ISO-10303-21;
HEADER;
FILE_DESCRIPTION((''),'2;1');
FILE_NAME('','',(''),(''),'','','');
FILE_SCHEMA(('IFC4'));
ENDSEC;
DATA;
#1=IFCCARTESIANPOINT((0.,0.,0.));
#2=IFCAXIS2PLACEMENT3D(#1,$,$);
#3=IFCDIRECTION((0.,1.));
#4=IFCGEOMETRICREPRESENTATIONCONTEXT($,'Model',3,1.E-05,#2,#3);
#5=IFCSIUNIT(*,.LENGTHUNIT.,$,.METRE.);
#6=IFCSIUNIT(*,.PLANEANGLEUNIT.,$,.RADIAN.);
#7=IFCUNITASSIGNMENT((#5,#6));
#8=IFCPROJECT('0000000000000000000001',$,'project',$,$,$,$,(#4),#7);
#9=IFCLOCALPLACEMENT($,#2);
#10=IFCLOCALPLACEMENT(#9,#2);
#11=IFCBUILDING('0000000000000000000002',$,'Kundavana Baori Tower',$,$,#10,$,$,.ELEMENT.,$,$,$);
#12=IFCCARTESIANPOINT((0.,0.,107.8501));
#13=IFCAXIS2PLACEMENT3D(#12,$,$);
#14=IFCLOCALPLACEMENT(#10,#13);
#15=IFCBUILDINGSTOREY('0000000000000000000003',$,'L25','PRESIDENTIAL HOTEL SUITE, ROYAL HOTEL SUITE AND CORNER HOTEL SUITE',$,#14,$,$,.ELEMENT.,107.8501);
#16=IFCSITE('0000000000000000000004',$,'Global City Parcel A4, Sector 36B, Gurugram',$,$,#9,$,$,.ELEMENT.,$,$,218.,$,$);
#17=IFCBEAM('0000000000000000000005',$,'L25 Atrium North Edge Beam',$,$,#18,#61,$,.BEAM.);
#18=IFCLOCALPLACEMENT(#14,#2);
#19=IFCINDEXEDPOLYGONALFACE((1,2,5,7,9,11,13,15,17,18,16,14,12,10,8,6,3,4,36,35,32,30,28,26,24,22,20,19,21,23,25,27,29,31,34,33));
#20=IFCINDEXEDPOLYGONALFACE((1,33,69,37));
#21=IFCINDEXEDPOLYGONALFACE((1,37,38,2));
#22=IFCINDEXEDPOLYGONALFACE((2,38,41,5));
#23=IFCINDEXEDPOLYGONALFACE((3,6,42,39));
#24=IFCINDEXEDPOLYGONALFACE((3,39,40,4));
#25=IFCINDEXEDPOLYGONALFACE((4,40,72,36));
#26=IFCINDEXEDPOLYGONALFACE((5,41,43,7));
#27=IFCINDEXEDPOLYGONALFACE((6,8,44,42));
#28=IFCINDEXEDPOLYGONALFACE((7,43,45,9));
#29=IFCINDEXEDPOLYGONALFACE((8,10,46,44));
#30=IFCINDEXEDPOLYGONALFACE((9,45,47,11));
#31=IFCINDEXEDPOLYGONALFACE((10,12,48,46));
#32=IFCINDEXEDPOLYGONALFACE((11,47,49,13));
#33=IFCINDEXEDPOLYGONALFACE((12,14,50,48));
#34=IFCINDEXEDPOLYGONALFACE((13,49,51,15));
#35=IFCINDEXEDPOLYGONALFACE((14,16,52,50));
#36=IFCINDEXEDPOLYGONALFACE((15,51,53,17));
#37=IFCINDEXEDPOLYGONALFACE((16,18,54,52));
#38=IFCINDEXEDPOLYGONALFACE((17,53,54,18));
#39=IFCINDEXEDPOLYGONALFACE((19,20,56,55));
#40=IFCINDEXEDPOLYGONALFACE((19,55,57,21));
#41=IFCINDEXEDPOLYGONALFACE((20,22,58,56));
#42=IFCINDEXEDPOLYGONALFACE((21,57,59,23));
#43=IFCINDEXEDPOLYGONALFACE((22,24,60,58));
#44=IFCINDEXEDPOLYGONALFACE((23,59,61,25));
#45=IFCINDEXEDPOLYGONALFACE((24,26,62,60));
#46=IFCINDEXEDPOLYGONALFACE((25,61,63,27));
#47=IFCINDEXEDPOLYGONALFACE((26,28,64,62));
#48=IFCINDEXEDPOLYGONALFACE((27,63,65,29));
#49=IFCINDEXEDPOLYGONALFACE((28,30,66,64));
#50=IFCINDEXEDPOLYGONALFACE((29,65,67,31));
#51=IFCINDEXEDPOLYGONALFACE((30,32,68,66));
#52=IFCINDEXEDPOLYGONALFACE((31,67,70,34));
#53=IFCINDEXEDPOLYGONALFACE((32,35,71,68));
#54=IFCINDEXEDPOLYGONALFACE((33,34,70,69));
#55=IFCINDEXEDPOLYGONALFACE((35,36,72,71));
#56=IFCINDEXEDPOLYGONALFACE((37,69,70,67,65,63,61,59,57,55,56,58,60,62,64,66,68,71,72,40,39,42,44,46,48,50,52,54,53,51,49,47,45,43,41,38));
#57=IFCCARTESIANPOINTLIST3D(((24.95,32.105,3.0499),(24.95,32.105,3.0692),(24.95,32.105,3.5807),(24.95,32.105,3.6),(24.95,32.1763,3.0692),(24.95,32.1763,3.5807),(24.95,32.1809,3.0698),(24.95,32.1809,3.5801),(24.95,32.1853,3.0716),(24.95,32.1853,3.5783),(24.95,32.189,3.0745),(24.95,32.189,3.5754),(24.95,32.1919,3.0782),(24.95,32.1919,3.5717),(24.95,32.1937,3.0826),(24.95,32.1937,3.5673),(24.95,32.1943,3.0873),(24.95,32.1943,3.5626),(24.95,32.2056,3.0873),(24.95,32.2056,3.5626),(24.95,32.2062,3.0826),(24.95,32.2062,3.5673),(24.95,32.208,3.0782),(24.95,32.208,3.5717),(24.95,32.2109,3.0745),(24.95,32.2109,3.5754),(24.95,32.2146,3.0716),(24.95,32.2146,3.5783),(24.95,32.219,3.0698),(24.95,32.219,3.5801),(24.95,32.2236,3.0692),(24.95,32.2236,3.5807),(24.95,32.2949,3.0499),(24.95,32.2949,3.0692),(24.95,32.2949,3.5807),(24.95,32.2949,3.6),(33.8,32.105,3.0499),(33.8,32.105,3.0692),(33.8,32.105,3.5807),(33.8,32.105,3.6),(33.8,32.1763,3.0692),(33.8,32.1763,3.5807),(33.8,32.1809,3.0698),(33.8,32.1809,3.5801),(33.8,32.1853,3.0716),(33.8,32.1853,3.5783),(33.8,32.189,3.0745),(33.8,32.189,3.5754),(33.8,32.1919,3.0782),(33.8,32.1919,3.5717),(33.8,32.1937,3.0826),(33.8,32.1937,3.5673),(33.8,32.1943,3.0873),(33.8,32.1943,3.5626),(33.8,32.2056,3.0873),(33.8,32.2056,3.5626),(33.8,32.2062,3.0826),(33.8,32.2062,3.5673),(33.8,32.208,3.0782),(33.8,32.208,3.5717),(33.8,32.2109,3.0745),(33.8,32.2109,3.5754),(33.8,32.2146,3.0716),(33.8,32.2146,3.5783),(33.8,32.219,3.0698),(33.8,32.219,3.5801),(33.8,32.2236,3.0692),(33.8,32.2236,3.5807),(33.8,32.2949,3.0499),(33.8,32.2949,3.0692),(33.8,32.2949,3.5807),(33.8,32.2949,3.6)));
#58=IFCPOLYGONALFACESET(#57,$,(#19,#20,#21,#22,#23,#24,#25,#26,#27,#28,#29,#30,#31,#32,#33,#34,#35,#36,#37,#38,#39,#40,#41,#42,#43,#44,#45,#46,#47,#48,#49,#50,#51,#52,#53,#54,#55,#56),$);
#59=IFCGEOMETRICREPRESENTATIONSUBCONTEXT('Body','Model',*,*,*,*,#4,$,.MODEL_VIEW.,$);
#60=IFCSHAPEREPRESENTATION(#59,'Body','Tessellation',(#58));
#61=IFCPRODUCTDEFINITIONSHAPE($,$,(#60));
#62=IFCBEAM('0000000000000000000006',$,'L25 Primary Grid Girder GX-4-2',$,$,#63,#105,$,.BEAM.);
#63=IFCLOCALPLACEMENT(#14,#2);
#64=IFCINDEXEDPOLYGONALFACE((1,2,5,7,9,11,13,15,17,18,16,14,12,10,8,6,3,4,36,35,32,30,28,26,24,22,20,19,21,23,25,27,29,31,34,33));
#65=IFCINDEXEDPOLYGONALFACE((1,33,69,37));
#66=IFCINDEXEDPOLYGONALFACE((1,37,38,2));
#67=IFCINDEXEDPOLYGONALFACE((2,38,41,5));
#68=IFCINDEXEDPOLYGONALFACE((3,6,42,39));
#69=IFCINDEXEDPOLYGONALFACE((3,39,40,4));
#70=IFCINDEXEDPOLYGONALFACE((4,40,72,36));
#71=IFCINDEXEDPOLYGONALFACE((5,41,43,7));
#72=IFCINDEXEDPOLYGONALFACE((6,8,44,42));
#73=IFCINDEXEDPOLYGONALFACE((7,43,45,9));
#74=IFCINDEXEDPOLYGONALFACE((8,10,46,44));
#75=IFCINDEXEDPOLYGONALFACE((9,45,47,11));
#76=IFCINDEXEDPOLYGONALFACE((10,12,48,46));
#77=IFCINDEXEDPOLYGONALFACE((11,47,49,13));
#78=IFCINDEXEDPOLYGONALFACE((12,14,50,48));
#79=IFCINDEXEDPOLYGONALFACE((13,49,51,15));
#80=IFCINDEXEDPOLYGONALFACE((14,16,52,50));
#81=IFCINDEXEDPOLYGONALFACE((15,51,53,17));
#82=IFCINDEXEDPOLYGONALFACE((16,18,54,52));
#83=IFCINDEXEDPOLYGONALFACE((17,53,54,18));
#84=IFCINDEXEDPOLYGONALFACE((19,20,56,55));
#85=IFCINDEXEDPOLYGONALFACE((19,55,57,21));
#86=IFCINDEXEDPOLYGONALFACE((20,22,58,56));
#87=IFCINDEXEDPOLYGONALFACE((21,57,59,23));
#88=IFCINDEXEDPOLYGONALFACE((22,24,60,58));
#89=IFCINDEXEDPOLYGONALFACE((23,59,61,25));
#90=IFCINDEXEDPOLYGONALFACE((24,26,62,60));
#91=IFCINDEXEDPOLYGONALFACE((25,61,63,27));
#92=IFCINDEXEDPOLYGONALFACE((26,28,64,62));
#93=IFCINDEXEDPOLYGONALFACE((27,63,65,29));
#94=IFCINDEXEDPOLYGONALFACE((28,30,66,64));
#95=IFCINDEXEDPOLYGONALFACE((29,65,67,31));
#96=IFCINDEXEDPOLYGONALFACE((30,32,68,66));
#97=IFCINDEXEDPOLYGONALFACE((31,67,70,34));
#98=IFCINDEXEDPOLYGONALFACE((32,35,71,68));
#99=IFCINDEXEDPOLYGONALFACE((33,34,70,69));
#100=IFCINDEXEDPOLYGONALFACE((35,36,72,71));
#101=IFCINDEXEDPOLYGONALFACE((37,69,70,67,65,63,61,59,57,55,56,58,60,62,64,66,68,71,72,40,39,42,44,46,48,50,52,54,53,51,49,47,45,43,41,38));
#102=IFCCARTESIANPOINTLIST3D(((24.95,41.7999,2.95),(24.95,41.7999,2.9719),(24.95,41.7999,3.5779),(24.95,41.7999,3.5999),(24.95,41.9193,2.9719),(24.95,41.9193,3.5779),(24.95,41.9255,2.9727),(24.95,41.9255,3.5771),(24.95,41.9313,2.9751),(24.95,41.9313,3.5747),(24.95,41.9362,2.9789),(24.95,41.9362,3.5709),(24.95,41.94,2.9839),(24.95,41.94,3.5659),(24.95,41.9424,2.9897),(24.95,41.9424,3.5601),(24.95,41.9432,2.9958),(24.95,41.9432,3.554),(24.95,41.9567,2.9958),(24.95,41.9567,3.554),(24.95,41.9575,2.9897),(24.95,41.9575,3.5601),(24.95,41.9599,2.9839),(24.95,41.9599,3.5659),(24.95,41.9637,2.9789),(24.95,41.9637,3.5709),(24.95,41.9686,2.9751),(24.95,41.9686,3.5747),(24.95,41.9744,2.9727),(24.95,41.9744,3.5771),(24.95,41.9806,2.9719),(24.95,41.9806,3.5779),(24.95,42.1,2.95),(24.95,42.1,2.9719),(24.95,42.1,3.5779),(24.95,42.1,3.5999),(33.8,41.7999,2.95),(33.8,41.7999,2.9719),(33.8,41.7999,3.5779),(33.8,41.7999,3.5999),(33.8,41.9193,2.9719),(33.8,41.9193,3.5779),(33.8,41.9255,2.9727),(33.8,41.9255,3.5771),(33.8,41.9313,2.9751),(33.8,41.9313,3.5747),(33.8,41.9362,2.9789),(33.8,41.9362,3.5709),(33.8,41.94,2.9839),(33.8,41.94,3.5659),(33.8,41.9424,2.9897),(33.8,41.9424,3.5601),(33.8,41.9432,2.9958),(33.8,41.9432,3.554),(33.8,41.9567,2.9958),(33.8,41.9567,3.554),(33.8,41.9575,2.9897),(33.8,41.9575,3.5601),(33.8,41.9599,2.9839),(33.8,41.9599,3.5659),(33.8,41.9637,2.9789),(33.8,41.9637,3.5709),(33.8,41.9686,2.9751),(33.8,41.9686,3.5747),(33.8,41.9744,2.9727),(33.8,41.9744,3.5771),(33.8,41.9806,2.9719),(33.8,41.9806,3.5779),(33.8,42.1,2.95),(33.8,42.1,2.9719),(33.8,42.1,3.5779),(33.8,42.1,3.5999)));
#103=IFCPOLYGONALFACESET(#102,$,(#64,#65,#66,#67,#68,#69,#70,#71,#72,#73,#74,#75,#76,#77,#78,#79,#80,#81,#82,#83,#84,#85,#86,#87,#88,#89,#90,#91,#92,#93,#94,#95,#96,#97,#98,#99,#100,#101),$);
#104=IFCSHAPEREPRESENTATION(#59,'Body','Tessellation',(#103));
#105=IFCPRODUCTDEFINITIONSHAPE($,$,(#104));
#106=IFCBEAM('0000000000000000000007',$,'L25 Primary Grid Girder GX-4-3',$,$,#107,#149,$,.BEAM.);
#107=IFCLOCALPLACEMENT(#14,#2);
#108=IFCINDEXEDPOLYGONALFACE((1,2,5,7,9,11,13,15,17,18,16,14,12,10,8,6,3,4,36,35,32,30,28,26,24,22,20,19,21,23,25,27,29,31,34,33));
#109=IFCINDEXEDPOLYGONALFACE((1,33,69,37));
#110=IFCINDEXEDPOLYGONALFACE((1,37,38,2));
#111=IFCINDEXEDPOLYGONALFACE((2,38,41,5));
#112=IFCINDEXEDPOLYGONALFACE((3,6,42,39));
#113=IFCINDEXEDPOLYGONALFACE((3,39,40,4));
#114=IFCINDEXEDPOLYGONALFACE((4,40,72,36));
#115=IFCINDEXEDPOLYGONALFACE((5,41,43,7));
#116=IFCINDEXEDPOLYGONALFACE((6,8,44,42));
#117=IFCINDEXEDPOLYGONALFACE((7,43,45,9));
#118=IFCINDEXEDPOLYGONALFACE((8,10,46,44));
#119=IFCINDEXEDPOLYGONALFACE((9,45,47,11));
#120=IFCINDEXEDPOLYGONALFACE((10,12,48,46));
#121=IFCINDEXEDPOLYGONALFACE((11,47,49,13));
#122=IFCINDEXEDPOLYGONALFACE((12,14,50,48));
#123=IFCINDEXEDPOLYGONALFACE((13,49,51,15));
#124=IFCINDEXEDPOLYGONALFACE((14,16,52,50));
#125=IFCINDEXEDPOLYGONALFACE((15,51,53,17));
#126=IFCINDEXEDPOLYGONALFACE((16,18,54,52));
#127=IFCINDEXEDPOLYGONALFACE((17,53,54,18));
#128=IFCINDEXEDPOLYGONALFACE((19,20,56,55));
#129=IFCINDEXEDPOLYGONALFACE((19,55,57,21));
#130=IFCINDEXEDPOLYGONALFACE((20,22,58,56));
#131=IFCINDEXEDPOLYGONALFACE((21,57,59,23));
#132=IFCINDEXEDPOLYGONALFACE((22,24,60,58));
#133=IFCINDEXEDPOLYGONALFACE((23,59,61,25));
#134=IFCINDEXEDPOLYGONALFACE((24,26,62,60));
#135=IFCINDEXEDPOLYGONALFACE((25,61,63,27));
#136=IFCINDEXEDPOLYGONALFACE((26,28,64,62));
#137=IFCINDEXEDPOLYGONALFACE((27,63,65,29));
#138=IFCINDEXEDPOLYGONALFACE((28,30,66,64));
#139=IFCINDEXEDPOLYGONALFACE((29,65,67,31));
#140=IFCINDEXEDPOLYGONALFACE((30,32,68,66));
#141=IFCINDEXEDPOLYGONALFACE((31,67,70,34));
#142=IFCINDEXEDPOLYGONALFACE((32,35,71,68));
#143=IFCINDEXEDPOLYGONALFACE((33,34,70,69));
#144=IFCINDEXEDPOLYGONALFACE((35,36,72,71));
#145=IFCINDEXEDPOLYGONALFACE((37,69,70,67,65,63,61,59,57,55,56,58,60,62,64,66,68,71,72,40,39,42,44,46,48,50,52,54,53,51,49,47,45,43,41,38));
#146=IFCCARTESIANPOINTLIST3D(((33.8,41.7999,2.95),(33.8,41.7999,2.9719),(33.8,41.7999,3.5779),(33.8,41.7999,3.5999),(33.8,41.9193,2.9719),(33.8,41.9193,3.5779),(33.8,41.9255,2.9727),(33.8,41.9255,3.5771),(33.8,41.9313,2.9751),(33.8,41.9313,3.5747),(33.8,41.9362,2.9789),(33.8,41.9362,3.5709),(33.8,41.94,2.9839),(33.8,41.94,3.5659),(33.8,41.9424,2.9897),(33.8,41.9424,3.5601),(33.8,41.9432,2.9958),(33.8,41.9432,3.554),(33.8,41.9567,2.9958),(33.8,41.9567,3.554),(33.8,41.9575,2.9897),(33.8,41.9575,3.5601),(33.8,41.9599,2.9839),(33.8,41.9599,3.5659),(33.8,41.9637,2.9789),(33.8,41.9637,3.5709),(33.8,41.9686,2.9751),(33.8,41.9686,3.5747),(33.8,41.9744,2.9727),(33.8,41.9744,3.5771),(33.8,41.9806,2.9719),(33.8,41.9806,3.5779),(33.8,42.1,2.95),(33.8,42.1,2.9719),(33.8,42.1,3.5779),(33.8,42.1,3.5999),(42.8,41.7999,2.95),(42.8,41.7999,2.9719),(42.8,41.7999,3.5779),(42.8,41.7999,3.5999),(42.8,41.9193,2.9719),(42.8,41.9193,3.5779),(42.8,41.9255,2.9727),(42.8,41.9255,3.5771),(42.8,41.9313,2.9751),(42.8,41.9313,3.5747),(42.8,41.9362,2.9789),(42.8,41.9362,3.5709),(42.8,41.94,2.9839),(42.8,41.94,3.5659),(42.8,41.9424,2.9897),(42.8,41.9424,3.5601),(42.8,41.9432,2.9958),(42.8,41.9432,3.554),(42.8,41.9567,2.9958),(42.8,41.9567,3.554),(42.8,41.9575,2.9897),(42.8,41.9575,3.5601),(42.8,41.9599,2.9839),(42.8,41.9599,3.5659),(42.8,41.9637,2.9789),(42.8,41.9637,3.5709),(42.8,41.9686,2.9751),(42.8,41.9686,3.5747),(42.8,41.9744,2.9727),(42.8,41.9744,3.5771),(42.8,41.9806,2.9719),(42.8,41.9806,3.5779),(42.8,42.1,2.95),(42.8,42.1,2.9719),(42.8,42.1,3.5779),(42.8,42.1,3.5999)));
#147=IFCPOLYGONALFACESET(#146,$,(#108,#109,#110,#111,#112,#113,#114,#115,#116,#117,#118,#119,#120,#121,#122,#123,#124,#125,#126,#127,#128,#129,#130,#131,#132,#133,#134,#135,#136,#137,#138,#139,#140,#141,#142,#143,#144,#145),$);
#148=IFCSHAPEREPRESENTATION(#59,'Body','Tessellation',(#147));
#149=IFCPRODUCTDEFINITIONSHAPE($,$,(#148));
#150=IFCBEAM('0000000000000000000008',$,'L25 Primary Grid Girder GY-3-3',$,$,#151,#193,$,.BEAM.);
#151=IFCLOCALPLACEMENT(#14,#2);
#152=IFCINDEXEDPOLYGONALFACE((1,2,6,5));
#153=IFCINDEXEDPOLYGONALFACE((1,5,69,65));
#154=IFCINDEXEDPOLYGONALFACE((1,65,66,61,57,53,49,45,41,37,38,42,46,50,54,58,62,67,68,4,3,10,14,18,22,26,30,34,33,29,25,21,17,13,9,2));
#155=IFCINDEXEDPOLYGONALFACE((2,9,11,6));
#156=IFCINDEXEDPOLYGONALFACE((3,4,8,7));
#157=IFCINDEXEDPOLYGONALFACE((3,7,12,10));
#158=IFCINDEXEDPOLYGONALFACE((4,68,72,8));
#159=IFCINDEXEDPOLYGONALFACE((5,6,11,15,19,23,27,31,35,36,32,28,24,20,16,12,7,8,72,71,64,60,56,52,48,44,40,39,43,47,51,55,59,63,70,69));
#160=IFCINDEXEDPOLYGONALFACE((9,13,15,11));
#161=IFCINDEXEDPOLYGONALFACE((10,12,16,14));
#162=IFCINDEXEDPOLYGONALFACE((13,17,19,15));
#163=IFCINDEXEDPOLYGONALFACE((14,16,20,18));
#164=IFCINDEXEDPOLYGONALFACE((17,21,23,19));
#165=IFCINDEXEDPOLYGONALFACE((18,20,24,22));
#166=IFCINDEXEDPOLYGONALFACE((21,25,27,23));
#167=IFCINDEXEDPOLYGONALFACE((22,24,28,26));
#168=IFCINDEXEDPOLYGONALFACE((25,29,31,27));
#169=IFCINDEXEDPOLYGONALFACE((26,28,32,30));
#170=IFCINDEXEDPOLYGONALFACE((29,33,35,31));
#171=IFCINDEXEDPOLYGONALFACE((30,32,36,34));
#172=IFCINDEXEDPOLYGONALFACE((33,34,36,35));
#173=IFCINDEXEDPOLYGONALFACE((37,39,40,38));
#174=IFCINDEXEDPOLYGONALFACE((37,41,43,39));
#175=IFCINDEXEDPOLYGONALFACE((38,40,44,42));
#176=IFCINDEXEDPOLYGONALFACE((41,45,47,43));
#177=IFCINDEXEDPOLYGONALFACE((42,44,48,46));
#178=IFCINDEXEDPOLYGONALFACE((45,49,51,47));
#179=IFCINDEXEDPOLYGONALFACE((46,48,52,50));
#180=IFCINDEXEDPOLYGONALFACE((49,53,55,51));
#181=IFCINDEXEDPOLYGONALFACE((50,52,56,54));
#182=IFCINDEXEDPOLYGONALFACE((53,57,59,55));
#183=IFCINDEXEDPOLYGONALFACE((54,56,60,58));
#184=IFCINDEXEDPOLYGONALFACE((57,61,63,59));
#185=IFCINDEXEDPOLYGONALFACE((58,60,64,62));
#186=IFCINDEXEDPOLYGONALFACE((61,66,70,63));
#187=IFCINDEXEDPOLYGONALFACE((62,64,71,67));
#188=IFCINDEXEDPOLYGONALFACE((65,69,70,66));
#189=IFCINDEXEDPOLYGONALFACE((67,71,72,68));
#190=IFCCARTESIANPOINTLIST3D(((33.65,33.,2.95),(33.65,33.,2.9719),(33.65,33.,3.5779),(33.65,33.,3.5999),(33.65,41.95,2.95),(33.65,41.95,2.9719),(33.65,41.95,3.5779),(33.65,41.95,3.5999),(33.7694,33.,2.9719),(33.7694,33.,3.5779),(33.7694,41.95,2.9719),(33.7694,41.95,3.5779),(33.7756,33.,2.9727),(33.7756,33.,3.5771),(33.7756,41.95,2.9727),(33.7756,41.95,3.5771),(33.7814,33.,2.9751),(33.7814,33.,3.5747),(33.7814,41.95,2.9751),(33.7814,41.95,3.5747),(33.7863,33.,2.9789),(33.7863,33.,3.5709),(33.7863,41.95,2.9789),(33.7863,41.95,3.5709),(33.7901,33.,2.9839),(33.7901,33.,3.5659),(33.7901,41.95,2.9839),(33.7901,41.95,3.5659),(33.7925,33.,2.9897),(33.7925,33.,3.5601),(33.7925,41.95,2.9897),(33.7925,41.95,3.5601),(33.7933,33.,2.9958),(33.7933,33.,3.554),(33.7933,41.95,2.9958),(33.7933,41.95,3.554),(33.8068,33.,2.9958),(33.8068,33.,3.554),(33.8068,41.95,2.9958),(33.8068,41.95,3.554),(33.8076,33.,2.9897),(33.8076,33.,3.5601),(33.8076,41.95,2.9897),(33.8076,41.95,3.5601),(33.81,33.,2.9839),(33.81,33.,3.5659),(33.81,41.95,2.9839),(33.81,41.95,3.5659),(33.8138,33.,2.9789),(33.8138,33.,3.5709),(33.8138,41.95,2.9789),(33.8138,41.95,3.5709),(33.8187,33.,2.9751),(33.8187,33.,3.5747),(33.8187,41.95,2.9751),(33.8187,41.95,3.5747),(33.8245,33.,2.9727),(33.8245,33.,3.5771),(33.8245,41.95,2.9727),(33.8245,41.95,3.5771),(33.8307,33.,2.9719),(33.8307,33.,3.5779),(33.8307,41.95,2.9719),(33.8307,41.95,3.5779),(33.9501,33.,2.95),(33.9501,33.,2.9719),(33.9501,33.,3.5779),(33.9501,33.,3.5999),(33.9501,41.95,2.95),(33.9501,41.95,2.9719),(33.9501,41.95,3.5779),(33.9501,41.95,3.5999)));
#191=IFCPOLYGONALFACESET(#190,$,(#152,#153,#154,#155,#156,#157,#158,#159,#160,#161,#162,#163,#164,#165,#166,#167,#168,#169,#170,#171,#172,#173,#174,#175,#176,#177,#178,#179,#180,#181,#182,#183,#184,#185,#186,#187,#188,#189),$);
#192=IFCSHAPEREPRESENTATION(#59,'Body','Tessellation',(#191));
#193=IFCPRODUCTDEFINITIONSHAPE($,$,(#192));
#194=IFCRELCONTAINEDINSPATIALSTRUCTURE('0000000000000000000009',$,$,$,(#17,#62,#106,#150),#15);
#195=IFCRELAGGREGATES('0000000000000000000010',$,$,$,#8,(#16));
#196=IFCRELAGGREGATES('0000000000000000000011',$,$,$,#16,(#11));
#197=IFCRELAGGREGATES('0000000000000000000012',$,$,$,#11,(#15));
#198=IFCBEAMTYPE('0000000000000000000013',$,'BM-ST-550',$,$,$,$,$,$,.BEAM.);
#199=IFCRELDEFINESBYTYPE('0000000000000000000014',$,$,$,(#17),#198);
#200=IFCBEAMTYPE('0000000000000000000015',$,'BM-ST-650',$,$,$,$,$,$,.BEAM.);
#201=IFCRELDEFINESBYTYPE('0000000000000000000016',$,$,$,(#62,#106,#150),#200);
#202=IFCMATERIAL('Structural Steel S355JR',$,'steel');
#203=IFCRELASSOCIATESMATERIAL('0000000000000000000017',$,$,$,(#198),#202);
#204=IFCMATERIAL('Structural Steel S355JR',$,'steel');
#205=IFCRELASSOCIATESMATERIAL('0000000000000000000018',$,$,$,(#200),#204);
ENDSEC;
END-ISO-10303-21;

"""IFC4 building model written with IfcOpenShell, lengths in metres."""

from ifc_helpers import new_model, si_unit, direction, frame, origin, origin_2d, place, context, subcontext, project, spatial, i_section, extrude, material, material_profile, profile_set, type_object, element, save


model = new_model("IFC4")

# Units and contexts
model_context = context("Model", 3, precision=1e-05, world=origin(), true_north=direction((0.0, 1.0)))
body_context = subcontext(model_context, "Body", "Model", "MODEL_VIEW")
ifc_project = project(units=[si_unit("LENGTHUNIT", "METRE"), si_unit("PLANEANGLEUNIT", "RADIAN")], contexts=[model_context])

# Site, building, storey
site_placement = place(None, origin())
site = spatial("IfcSite", under=ifc_project, at=site_placement, Name="Global City Parcel A4, Sector 36B, Gurugram", CompositionType="ELEMENT", RefElevation=218.0)
building_placement = place(site_placement, origin())
building = spatial("IfcBuilding", under=site, at=building_placement, Name="Kundavana Baori Tower", CompositionType="ELEMENT")
storey_placement = place(building_placement, frame((0.0, 0.0, 107.8501)))
storey = spatial("IfcBuildingStorey", under=building, at=storey_placement, Name="L25", Description="PRESIDENTIAL HOTEL SUITE, ROYAL HOTEL SUITE AND CORNER HOTEL SUITE", CompositionType="ELEMENT", Elevation=107.8501)

# Beams
ifc_material_1 = material(Name="Structural Steel S355JR", Category="steel")
ifc_material_profile_1 = material_profile(ifc_material_1, i_section(OverallWidth=0.1899, OverallDepth=0.55, WebThickness=0.0112, FlangeThickness=0.0193, FilletRadius=0.0181, at=origin_2d()), Name="ISMB 550")
ifc_profile_set_1 = profile_set([ifc_material_profile_1], Name="Structural Steel S355JR")
beam_type_1 = type_object("IfcBeamType", Name="BM-ST-550", PredefinedType="BEAM", material=ifc_profile_set_1)
beam_1_placement = place(storey_placement, frame((24.95, 32.2, 3.325), z_axis=(1.0, 0.0, 0.0), x_axis=(0.0, 1.0, 0.0)))
element("IfcBeam", 1, at=beam_1_placement, inside=storey, type_object=beam_type_1, Name="L25 Atrium North Edge Beam", PredefinedType="BEAM", context=body_context, shape_type="SweptSolid", body=[
    extrude(i_section(OverallWidth=0.1899, OverallDepth=0.55, WebThickness=0.0112, FlangeThickness=0.0193, FilletRadius=0.0181, at=origin_2d()), origin(), (0.0, 0.0, 1.0), 8.8501),
])
ifc_material_2 = material(Name="Structural Steel S355JR", Category="steel")
ifc_material_profile_2 = material_profile(ifc_material_2, i_section(OverallWidth=0.3, OverallDepth=0.6499, WebThickness=0.0134, FlangeThickness=0.022, FilletRadius=0.0239, at=origin_2d()), Name="NPB 650x300x155")
ifc_profile_set_2 = profile_set([ifc_material_profile_2], Name="Structural Steel S355JR")
beam_type_2 = type_object("IfcBeamType", Name="BM-ST-650", PredefinedType="BEAM", material=ifc_profile_set_2)
beam_2_placement = place(storey_placement, frame((24.95, 41.95, 3.2749), z_axis=(1.0, 0.0, 0.0), x_axis=(0.0, 1.0, 0.0)))
element("IfcBeam", 2, at=beam_2_placement, inside=storey, type_object=beam_type_2, Name="L25 Primary Grid Girder GX-4-2", PredefinedType="BEAM", context=body_context, shape_type="SweptSolid", body=[
    extrude(i_section(OverallWidth=0.3, OverallDepth=0.6499, WebThickness=0.0134, FlangeThickness=0.022, FilletRadius=0.0239, at=origin_2d()), origin(), (0.0, 0.0, 1.0), 8.8501),
])
beam_3_placement = place(storey_placement, frame((33.8, 41.95, 3.2749), z_axis=(1.0, 0.0, 0.0), x_axis=(0.0, 1.0, 0.0)))
element("IfcBeam", 3, at=beam_3_placement, inside=storey, type_object=beam_type_2, Name="L25 Primary Grid Girder GX-4-3", PredefinedType="BEAM", context=body_context, shape_type="SweptSolid", body=[
    extrude(i_section(OverallWidth=0.3, OverallDepth=0.6499, WebThickness=0.0134, FlangeThickness=0.022, FilletRadius=0.0239, at=origin_2d()), origin(), (0.0, 0.0, 1.0), 9.0),
])
beam_4_placement = place(storey_placement, frame((33.8, 33.0, 3.2749), z_axis=(0.0, 1.0, 0.0), x_axis=(-1.0, 0.0, 0.0)))
element("IfcBeam", 4, at=beam_4_placement, inside=storey, type_object=beam_type_2, Name="L25 Primary Grid Girder GY-3-3", PredefinedType="BEAM", context=body_context, shape_type="SweptSolid", body=[
    extrude(i_section(OverallWidth=0.3, OverallDepth=0.6499, WebThickness=0.0134, FlangeThickness=0.022, FilletRadius=0.0239, at=origin_2d()), origin(), (0.0, 0.0, 1.0), 8.95),
])

save(model, "model.ifc")
